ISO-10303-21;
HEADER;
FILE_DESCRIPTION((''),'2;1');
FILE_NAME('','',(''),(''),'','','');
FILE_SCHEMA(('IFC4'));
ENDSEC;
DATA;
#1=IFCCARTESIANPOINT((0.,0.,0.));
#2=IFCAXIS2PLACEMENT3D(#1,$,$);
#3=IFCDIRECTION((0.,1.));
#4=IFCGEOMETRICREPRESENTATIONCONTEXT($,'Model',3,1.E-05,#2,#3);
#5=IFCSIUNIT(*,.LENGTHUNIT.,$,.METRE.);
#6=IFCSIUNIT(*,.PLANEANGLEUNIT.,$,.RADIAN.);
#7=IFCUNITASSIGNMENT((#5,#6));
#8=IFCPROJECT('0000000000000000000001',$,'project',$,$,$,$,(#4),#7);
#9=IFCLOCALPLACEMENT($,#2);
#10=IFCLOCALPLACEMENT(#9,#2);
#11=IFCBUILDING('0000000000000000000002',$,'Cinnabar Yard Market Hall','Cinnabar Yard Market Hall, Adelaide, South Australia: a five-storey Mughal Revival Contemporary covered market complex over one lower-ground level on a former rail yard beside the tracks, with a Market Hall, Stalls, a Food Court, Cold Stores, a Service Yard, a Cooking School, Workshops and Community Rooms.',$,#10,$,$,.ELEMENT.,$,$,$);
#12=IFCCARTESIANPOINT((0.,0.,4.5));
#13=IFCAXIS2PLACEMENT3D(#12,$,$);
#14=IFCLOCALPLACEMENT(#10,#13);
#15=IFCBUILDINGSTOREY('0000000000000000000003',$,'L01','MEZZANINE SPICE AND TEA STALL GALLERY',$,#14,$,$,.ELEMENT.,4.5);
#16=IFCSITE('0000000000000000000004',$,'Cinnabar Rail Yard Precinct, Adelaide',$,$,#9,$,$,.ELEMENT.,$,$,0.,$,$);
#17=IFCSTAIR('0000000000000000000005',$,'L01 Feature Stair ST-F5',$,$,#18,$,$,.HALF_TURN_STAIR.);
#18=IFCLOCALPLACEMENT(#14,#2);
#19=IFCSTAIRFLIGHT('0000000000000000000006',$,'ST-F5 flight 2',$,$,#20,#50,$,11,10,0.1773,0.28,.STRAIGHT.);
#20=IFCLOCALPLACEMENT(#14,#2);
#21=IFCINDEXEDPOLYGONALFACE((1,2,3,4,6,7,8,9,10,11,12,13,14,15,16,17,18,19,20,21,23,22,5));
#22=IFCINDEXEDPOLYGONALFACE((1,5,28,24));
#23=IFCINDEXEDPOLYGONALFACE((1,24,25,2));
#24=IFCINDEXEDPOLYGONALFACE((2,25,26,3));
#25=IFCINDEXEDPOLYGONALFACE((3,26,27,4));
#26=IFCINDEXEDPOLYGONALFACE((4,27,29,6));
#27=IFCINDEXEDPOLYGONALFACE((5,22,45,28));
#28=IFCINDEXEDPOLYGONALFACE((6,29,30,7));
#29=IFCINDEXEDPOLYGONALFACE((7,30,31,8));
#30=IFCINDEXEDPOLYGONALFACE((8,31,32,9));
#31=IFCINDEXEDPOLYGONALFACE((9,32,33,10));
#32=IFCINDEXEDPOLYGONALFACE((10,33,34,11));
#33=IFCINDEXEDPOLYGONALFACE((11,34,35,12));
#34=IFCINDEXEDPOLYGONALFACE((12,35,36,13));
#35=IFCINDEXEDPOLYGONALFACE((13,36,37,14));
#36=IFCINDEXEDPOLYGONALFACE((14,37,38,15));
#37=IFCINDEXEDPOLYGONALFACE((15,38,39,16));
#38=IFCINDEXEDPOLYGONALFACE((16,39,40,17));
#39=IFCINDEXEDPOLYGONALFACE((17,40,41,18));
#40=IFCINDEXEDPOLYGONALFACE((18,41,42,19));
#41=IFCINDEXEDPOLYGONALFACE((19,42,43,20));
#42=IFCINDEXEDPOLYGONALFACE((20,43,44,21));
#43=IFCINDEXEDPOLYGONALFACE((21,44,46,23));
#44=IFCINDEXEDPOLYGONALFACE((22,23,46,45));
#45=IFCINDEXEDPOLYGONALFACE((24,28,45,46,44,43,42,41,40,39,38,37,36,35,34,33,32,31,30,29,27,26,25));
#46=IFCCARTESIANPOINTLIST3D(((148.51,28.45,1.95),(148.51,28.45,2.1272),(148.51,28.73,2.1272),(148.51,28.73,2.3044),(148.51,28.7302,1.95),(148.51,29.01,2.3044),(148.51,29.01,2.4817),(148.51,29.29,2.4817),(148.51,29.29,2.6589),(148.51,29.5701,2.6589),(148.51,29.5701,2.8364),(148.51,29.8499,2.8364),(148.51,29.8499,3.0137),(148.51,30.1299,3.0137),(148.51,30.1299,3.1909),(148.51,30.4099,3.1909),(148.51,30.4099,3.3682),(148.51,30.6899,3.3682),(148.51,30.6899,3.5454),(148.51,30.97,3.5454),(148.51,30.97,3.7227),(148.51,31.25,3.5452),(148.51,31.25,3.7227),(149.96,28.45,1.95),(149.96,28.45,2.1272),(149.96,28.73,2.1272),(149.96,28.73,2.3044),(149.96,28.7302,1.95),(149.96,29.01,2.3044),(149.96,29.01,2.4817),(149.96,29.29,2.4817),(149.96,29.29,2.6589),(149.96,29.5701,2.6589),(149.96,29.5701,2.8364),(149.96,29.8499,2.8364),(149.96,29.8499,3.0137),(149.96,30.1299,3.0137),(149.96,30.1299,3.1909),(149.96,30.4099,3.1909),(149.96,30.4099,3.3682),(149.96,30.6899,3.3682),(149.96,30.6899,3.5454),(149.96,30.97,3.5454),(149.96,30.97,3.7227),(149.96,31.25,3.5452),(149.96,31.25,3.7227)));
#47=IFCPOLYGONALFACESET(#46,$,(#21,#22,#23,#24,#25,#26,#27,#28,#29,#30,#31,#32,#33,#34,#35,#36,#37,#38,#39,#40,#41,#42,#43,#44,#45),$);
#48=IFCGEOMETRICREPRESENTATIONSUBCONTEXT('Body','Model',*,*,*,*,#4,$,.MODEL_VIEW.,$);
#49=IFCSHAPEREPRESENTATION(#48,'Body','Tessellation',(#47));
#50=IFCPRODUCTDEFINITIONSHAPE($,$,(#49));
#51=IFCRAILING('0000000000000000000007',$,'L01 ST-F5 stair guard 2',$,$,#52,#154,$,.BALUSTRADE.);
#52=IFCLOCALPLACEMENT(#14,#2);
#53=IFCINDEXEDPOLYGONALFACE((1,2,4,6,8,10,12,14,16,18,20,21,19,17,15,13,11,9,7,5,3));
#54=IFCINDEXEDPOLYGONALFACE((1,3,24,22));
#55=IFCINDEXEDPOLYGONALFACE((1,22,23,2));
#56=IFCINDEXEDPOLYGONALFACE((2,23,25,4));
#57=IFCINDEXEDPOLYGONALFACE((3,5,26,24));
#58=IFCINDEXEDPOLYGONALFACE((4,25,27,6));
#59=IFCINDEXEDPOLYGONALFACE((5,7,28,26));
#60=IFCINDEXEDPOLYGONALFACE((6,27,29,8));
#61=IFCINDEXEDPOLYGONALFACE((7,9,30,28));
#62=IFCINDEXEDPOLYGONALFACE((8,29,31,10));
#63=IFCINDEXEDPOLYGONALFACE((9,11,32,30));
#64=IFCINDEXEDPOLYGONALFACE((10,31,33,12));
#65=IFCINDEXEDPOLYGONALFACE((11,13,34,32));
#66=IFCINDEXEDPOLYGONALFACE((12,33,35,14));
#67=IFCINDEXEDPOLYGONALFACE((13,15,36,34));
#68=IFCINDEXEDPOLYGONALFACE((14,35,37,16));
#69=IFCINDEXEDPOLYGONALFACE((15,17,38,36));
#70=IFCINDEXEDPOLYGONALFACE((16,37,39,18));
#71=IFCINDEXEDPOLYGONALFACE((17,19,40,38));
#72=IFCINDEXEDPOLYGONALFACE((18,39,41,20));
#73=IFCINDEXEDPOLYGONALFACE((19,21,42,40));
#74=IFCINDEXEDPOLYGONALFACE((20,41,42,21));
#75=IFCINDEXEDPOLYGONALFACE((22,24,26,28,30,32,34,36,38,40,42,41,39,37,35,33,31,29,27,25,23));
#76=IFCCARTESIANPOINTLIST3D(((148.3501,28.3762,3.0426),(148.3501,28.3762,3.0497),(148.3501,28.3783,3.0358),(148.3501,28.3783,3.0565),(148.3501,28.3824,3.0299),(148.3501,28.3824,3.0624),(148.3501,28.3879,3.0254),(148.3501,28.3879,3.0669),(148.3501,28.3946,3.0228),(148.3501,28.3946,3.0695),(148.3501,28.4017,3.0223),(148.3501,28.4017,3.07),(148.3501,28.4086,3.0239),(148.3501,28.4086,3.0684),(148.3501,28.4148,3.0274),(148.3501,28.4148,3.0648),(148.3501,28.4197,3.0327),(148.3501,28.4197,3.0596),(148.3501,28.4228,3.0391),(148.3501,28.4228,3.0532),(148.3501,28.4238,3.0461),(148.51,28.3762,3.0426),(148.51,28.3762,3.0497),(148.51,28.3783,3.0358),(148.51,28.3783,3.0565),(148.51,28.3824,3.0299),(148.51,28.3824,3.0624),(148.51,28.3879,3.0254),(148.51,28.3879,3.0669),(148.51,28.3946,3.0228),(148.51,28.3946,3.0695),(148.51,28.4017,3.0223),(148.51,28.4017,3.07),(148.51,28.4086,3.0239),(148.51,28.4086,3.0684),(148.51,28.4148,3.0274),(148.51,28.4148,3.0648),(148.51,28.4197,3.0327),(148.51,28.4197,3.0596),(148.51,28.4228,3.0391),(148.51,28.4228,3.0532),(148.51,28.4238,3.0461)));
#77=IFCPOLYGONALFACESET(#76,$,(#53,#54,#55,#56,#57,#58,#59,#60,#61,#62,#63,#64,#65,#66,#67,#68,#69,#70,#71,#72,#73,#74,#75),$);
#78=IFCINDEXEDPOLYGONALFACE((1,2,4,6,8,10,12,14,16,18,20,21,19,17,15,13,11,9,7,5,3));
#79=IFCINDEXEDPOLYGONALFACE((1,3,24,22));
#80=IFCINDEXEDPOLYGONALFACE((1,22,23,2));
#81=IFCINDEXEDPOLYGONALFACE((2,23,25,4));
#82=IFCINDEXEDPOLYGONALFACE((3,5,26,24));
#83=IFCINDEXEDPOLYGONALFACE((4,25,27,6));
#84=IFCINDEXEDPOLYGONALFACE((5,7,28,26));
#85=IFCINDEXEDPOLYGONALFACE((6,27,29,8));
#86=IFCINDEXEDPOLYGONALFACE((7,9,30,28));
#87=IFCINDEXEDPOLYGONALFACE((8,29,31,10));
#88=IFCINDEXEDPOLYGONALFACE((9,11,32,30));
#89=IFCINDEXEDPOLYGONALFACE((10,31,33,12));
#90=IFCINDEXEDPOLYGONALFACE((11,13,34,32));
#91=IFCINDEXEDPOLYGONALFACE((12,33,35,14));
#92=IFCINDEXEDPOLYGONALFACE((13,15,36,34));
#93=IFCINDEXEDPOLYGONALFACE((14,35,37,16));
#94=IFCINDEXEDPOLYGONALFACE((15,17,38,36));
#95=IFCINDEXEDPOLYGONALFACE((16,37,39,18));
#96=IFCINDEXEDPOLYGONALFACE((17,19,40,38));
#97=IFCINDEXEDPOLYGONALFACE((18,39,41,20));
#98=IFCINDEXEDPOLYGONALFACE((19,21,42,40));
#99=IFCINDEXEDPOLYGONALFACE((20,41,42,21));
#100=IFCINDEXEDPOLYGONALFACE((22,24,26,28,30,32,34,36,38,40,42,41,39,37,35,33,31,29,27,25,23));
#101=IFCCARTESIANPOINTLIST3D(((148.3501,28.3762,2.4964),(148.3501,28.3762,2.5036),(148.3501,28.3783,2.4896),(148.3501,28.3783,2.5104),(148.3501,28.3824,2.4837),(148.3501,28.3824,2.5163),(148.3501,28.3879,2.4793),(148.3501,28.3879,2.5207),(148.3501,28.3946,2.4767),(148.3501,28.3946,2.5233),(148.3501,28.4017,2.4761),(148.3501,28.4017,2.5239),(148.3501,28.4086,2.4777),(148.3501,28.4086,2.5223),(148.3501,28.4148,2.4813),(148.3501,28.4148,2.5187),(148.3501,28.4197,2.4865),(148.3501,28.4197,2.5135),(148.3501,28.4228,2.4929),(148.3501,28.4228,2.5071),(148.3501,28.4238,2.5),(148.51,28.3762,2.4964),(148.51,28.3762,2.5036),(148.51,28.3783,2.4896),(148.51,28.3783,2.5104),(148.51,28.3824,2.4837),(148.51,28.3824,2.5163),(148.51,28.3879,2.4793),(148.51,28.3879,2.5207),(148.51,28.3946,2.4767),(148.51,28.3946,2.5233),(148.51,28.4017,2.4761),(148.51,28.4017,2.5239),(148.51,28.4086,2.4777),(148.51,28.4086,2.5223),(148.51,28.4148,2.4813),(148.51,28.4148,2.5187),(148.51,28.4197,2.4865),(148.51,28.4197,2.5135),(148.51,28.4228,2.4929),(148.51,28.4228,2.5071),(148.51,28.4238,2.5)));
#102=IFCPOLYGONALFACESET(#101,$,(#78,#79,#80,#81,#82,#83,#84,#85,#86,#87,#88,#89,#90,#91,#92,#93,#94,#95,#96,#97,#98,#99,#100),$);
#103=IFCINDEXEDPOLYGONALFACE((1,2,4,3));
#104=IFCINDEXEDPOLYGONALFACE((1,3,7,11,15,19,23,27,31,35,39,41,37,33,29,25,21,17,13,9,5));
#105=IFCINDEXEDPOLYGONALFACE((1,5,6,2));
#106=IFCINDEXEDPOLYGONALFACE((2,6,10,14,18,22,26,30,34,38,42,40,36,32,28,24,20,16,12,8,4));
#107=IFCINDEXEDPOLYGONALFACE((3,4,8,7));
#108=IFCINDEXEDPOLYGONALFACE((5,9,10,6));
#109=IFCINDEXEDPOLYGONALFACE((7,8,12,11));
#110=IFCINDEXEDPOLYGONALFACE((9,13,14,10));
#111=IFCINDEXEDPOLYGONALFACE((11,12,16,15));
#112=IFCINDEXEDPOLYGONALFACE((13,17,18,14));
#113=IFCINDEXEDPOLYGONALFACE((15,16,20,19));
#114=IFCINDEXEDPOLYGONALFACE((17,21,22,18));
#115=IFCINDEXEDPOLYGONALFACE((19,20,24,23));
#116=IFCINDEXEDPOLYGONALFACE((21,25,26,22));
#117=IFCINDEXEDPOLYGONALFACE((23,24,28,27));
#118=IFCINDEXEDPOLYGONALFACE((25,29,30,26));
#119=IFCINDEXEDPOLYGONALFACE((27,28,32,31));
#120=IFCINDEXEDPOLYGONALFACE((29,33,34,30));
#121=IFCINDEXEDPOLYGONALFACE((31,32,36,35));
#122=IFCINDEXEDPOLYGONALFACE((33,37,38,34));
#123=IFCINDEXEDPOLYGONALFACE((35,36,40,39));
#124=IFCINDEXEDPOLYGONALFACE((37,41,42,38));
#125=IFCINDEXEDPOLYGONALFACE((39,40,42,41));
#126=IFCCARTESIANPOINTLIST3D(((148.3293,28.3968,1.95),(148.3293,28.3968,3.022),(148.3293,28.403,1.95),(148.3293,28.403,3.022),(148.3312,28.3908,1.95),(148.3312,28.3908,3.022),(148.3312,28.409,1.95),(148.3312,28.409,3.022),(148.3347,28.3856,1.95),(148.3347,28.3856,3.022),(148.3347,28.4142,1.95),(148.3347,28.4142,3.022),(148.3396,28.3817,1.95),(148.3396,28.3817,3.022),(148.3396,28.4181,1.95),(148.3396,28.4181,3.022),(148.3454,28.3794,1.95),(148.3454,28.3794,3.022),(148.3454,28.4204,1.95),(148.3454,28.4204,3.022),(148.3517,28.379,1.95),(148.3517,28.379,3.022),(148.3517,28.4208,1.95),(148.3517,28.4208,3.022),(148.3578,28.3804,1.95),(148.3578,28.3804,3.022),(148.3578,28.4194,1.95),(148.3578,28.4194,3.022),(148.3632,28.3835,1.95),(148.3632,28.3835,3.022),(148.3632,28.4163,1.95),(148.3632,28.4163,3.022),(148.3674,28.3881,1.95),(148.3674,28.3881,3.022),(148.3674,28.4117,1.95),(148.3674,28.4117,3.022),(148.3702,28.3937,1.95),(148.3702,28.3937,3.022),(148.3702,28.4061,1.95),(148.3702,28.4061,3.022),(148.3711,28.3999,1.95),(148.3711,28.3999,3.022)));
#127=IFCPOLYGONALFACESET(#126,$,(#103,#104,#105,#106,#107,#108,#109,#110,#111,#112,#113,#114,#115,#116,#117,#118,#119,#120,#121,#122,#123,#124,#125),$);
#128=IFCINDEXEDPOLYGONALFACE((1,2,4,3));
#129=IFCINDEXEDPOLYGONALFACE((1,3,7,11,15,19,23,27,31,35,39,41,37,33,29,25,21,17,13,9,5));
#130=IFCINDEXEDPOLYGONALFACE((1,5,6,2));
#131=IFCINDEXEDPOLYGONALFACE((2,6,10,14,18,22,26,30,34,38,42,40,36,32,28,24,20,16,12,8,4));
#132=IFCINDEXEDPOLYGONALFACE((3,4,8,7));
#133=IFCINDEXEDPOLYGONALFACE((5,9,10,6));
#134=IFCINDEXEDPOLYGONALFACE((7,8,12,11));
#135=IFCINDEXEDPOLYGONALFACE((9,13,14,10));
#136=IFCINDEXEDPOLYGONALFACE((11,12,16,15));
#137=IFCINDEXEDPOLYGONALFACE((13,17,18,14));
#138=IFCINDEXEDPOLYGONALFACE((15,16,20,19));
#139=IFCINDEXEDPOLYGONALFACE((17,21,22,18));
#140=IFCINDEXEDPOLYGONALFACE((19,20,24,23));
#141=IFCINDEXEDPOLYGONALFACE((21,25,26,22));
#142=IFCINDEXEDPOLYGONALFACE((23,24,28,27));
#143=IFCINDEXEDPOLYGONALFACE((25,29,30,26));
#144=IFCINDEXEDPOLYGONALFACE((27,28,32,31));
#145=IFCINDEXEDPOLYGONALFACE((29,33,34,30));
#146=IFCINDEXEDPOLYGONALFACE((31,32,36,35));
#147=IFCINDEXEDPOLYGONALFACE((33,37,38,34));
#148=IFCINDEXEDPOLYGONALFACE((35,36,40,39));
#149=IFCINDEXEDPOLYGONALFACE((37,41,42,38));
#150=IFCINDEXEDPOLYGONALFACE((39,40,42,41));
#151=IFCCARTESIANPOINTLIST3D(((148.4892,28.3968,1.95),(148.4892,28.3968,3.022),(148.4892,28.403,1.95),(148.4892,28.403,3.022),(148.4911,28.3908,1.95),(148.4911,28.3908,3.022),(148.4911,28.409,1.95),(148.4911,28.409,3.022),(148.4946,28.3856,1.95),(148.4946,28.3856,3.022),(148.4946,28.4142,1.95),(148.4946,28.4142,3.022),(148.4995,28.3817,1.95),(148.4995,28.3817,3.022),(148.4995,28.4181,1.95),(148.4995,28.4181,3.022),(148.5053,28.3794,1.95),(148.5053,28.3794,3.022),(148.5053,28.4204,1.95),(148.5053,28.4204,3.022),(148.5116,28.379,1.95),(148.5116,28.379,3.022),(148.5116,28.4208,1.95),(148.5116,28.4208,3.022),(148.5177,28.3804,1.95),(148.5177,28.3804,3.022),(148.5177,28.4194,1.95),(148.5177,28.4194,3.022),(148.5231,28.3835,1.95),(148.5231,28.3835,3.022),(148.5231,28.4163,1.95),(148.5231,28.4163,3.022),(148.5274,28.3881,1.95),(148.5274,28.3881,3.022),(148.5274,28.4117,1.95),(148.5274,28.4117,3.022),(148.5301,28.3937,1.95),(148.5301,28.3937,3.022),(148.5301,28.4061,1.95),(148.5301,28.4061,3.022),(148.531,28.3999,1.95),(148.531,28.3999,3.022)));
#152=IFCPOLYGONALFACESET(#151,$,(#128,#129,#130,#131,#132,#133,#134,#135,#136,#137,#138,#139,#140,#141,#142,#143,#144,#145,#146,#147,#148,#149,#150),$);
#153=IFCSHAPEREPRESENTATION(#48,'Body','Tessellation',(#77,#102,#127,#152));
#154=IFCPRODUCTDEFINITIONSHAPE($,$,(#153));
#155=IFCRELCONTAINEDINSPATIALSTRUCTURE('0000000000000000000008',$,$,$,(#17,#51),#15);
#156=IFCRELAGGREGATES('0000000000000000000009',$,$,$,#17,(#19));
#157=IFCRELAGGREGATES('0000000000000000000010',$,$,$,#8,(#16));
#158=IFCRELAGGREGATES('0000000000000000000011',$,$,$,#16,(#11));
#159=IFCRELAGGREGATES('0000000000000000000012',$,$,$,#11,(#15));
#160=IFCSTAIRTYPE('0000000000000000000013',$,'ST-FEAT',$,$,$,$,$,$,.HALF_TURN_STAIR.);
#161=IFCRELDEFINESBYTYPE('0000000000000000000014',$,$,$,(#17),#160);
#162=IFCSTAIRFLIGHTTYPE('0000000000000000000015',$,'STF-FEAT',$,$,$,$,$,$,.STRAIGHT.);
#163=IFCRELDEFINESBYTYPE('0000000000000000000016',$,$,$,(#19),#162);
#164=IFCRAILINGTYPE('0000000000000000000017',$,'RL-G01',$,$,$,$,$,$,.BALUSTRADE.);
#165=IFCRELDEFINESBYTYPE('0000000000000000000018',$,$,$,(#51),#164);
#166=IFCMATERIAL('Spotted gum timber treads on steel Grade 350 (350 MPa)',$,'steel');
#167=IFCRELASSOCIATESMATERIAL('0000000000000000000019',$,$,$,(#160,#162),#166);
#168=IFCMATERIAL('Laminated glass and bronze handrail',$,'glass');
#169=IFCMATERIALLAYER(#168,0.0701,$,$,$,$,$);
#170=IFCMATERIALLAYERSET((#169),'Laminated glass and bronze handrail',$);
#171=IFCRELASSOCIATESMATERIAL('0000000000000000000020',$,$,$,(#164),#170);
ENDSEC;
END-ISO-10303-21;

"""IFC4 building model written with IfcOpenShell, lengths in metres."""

from ifc_helpers import new_model, si_unit, direction, frame, origin, origin_2d_with_axis, place, context, subcontext, project, spatial, polyline, circle, outline, extrude, material, layer, layer_set, type_object, element, aggregate, save


model = new_model("IFC4")

# Units and contexts
model_context = context("Model", 3, precision=1e-05, world=origin(), true_north=direction((0.0, 1.0)))
body_context = subcontext(model_context, "Body", "Model", "MODEL_VIEW")
ifc_project = project(units=[si_unit("LENGTHUNIT", "METRE"), si_unit("PLANEANGLEUNIT", "RADIAN")], contexts=[model_context])

# Site, building, storey
site_placement = place(None, origin())
site = spatial("IfcSite", under=ifc_project, at=site_placement, Name="Cinnabar Rail Yard Precinct, Adelaide", CompositionType="ELEMENT", RefElevation=0.0)
building_placement = place(site_placement, origin())
building = spatial("IfcBuilding", under=site, at=building_placement, Name="Cinnabar Yard Market Hall", Description="Cinnabar Yard Market Hall, Adelaide, South Australia: a five-storey Mughal Revival Contemporary covered market complex over one lower-ground level on a former rail yard beside the tracks, with a Market Hall, Stalls, a Food Court, Cold Stores, a Service Yard, a Cooking School, Workshops and Community Rooms.", CompositionType="ELEMENT")
storey_placement = place(building_placement, frame((0.0, 0.0, 4.5)))
storey = spatial("IfcBuildingStorey", under=building, at=storey_placement, Name="L01", Description="MEZZANINE SPICE AND TEA STALL GALLERY", CompositionType="ELEMENT", Elevation=4.5)

# Stair, stair flight
ifc_material_1 = material(Name="Spotted gum timber treads on steel Grade 350 (350 MPa)", Category="steel")
stair_type = type_object("IfcStairType", Name="ST-FEAT", PredefinedType="HALF_TURN_STAIR", material=ifc_material_1)
stair_placement = place(storey_placement, origin())
stair = element("IfcStair", 1, at=stair_placement, inside=storey, type_object=stair_type, Name="L01 Feature Stair ST-F5", PredefinedType="HALF_TURN_STAIR")
stair_flight_type = type_object("IfcStairFlightType", Name="STF-FEAT", PredefinedType="STRAIGHT", material=ifc_material_1)
stair_flight_1_placement = place(storey_placement, frame((149.2351, 28.45, 1.95), z_axis=(0.0, 0.0, 1.0), x_axis=(0.0, 1.0, 0.0)))
stair_flight_1 = element("IfcStairFlight", 2, at=stair_flight_1_placement, type_object=stair_flight_type, Name="ST-F5 flight 2", NumberOfRisers=11, NumberOfTreads=10, PredefinedType="STRAIGHT", RiserHeight=0.1773, TreadLength=0.28, context=body_context, shape_type="SweptSolid", body=[
    extrude(outline(polyline([(0.0, 0.0), (0.0, 0.1772), (0.28, 0.1772), (0.28, 0.3545), (0.5601, 0.3545), (0.5601, 0.5317), (0.8401, 0.5317), (0.8401, 0.709), (1.1201, 0.709), (1.1201, 0.8865), (1.3999, 0.8865), (1.3999, 1.0637), (1.6799, 1.0637), (1.6799, 1.241), (1.96, 1.241), (1.96, 1.4182), (2.24, 1.4182), (2.24, 1.5955), (2.52, 1.5955), (2.52, 1.7727), (2.8, 1.7727), (2.8, 1.95), (2.8, 1.5952), (0.2803, 0.0), (0.0, 0.0)])), frame((0.0, 0.7251, 0.0), z_axis=(0.0, -1.0, 0.0), x_axis=(1.0, 0.0, 0.0)), (0.0, 0.0, 1.0), 1.45),
])
aggregate(stair, [stair_flight_1])

# Railing
ifc_material_2 = material(Name="Laminated glass and bronze handrail", Category="glass")
ifc_layer_1 = layer(ifc_material_2, 0.0701)
ifc_layer_set_1 = layer_set([ifc_layer_1], Name="Laminated glass and bronze handrail")
railing_type_1 = type_object("IfcRailingType", Name="RL-G01", PredefinedType="BALUSTRADE", material=ifc_layer_set_1)
railing_1_placement = place(storey_placement, frame((148.3501, 28.3999, 1.95)))
element("IfcRailing", 3, at=railing_1_placement, inside=storey, type_object=railing_type_1, Name="L01 ST-F5 stair guard 2", PredefinedType="BALUSTRADE", context=body_context, shape_type="SweptSolid", body=[
    extrude(circle(Radius=0.0239, at=origin_2d_with_axis()), frame((0.0, 0.0, 1.0962), z_axis=(1.0, 0.0, 0.0), x_axis=(0.0, 1.0, 0.0)), (0.0, 0.0, 1.0), 0.1599),
    extrude(circle(Radius=0.0239, at=origin_2d_with_axis()), frame((0.0, 0.0, 0.55), z_axis=(1.0, 0.0, 0.0), x_axis=(0.0, 1.0, 0.0)), (0.0, 0.0, 1.0), 0.1599),
    extrude(circle(Radius=0.021, at=origin_2d_with_axis()), origin(), (0.0, 0.0, 1.0), 1.072),
    extrude(circle(Radius=0.021, at=origin_2d_with_axis()), frame((0.1599, 0.0, 0.0)), (0.0, 0.0, 1.0), 1.072),
])

save(model, "model.ifc")
